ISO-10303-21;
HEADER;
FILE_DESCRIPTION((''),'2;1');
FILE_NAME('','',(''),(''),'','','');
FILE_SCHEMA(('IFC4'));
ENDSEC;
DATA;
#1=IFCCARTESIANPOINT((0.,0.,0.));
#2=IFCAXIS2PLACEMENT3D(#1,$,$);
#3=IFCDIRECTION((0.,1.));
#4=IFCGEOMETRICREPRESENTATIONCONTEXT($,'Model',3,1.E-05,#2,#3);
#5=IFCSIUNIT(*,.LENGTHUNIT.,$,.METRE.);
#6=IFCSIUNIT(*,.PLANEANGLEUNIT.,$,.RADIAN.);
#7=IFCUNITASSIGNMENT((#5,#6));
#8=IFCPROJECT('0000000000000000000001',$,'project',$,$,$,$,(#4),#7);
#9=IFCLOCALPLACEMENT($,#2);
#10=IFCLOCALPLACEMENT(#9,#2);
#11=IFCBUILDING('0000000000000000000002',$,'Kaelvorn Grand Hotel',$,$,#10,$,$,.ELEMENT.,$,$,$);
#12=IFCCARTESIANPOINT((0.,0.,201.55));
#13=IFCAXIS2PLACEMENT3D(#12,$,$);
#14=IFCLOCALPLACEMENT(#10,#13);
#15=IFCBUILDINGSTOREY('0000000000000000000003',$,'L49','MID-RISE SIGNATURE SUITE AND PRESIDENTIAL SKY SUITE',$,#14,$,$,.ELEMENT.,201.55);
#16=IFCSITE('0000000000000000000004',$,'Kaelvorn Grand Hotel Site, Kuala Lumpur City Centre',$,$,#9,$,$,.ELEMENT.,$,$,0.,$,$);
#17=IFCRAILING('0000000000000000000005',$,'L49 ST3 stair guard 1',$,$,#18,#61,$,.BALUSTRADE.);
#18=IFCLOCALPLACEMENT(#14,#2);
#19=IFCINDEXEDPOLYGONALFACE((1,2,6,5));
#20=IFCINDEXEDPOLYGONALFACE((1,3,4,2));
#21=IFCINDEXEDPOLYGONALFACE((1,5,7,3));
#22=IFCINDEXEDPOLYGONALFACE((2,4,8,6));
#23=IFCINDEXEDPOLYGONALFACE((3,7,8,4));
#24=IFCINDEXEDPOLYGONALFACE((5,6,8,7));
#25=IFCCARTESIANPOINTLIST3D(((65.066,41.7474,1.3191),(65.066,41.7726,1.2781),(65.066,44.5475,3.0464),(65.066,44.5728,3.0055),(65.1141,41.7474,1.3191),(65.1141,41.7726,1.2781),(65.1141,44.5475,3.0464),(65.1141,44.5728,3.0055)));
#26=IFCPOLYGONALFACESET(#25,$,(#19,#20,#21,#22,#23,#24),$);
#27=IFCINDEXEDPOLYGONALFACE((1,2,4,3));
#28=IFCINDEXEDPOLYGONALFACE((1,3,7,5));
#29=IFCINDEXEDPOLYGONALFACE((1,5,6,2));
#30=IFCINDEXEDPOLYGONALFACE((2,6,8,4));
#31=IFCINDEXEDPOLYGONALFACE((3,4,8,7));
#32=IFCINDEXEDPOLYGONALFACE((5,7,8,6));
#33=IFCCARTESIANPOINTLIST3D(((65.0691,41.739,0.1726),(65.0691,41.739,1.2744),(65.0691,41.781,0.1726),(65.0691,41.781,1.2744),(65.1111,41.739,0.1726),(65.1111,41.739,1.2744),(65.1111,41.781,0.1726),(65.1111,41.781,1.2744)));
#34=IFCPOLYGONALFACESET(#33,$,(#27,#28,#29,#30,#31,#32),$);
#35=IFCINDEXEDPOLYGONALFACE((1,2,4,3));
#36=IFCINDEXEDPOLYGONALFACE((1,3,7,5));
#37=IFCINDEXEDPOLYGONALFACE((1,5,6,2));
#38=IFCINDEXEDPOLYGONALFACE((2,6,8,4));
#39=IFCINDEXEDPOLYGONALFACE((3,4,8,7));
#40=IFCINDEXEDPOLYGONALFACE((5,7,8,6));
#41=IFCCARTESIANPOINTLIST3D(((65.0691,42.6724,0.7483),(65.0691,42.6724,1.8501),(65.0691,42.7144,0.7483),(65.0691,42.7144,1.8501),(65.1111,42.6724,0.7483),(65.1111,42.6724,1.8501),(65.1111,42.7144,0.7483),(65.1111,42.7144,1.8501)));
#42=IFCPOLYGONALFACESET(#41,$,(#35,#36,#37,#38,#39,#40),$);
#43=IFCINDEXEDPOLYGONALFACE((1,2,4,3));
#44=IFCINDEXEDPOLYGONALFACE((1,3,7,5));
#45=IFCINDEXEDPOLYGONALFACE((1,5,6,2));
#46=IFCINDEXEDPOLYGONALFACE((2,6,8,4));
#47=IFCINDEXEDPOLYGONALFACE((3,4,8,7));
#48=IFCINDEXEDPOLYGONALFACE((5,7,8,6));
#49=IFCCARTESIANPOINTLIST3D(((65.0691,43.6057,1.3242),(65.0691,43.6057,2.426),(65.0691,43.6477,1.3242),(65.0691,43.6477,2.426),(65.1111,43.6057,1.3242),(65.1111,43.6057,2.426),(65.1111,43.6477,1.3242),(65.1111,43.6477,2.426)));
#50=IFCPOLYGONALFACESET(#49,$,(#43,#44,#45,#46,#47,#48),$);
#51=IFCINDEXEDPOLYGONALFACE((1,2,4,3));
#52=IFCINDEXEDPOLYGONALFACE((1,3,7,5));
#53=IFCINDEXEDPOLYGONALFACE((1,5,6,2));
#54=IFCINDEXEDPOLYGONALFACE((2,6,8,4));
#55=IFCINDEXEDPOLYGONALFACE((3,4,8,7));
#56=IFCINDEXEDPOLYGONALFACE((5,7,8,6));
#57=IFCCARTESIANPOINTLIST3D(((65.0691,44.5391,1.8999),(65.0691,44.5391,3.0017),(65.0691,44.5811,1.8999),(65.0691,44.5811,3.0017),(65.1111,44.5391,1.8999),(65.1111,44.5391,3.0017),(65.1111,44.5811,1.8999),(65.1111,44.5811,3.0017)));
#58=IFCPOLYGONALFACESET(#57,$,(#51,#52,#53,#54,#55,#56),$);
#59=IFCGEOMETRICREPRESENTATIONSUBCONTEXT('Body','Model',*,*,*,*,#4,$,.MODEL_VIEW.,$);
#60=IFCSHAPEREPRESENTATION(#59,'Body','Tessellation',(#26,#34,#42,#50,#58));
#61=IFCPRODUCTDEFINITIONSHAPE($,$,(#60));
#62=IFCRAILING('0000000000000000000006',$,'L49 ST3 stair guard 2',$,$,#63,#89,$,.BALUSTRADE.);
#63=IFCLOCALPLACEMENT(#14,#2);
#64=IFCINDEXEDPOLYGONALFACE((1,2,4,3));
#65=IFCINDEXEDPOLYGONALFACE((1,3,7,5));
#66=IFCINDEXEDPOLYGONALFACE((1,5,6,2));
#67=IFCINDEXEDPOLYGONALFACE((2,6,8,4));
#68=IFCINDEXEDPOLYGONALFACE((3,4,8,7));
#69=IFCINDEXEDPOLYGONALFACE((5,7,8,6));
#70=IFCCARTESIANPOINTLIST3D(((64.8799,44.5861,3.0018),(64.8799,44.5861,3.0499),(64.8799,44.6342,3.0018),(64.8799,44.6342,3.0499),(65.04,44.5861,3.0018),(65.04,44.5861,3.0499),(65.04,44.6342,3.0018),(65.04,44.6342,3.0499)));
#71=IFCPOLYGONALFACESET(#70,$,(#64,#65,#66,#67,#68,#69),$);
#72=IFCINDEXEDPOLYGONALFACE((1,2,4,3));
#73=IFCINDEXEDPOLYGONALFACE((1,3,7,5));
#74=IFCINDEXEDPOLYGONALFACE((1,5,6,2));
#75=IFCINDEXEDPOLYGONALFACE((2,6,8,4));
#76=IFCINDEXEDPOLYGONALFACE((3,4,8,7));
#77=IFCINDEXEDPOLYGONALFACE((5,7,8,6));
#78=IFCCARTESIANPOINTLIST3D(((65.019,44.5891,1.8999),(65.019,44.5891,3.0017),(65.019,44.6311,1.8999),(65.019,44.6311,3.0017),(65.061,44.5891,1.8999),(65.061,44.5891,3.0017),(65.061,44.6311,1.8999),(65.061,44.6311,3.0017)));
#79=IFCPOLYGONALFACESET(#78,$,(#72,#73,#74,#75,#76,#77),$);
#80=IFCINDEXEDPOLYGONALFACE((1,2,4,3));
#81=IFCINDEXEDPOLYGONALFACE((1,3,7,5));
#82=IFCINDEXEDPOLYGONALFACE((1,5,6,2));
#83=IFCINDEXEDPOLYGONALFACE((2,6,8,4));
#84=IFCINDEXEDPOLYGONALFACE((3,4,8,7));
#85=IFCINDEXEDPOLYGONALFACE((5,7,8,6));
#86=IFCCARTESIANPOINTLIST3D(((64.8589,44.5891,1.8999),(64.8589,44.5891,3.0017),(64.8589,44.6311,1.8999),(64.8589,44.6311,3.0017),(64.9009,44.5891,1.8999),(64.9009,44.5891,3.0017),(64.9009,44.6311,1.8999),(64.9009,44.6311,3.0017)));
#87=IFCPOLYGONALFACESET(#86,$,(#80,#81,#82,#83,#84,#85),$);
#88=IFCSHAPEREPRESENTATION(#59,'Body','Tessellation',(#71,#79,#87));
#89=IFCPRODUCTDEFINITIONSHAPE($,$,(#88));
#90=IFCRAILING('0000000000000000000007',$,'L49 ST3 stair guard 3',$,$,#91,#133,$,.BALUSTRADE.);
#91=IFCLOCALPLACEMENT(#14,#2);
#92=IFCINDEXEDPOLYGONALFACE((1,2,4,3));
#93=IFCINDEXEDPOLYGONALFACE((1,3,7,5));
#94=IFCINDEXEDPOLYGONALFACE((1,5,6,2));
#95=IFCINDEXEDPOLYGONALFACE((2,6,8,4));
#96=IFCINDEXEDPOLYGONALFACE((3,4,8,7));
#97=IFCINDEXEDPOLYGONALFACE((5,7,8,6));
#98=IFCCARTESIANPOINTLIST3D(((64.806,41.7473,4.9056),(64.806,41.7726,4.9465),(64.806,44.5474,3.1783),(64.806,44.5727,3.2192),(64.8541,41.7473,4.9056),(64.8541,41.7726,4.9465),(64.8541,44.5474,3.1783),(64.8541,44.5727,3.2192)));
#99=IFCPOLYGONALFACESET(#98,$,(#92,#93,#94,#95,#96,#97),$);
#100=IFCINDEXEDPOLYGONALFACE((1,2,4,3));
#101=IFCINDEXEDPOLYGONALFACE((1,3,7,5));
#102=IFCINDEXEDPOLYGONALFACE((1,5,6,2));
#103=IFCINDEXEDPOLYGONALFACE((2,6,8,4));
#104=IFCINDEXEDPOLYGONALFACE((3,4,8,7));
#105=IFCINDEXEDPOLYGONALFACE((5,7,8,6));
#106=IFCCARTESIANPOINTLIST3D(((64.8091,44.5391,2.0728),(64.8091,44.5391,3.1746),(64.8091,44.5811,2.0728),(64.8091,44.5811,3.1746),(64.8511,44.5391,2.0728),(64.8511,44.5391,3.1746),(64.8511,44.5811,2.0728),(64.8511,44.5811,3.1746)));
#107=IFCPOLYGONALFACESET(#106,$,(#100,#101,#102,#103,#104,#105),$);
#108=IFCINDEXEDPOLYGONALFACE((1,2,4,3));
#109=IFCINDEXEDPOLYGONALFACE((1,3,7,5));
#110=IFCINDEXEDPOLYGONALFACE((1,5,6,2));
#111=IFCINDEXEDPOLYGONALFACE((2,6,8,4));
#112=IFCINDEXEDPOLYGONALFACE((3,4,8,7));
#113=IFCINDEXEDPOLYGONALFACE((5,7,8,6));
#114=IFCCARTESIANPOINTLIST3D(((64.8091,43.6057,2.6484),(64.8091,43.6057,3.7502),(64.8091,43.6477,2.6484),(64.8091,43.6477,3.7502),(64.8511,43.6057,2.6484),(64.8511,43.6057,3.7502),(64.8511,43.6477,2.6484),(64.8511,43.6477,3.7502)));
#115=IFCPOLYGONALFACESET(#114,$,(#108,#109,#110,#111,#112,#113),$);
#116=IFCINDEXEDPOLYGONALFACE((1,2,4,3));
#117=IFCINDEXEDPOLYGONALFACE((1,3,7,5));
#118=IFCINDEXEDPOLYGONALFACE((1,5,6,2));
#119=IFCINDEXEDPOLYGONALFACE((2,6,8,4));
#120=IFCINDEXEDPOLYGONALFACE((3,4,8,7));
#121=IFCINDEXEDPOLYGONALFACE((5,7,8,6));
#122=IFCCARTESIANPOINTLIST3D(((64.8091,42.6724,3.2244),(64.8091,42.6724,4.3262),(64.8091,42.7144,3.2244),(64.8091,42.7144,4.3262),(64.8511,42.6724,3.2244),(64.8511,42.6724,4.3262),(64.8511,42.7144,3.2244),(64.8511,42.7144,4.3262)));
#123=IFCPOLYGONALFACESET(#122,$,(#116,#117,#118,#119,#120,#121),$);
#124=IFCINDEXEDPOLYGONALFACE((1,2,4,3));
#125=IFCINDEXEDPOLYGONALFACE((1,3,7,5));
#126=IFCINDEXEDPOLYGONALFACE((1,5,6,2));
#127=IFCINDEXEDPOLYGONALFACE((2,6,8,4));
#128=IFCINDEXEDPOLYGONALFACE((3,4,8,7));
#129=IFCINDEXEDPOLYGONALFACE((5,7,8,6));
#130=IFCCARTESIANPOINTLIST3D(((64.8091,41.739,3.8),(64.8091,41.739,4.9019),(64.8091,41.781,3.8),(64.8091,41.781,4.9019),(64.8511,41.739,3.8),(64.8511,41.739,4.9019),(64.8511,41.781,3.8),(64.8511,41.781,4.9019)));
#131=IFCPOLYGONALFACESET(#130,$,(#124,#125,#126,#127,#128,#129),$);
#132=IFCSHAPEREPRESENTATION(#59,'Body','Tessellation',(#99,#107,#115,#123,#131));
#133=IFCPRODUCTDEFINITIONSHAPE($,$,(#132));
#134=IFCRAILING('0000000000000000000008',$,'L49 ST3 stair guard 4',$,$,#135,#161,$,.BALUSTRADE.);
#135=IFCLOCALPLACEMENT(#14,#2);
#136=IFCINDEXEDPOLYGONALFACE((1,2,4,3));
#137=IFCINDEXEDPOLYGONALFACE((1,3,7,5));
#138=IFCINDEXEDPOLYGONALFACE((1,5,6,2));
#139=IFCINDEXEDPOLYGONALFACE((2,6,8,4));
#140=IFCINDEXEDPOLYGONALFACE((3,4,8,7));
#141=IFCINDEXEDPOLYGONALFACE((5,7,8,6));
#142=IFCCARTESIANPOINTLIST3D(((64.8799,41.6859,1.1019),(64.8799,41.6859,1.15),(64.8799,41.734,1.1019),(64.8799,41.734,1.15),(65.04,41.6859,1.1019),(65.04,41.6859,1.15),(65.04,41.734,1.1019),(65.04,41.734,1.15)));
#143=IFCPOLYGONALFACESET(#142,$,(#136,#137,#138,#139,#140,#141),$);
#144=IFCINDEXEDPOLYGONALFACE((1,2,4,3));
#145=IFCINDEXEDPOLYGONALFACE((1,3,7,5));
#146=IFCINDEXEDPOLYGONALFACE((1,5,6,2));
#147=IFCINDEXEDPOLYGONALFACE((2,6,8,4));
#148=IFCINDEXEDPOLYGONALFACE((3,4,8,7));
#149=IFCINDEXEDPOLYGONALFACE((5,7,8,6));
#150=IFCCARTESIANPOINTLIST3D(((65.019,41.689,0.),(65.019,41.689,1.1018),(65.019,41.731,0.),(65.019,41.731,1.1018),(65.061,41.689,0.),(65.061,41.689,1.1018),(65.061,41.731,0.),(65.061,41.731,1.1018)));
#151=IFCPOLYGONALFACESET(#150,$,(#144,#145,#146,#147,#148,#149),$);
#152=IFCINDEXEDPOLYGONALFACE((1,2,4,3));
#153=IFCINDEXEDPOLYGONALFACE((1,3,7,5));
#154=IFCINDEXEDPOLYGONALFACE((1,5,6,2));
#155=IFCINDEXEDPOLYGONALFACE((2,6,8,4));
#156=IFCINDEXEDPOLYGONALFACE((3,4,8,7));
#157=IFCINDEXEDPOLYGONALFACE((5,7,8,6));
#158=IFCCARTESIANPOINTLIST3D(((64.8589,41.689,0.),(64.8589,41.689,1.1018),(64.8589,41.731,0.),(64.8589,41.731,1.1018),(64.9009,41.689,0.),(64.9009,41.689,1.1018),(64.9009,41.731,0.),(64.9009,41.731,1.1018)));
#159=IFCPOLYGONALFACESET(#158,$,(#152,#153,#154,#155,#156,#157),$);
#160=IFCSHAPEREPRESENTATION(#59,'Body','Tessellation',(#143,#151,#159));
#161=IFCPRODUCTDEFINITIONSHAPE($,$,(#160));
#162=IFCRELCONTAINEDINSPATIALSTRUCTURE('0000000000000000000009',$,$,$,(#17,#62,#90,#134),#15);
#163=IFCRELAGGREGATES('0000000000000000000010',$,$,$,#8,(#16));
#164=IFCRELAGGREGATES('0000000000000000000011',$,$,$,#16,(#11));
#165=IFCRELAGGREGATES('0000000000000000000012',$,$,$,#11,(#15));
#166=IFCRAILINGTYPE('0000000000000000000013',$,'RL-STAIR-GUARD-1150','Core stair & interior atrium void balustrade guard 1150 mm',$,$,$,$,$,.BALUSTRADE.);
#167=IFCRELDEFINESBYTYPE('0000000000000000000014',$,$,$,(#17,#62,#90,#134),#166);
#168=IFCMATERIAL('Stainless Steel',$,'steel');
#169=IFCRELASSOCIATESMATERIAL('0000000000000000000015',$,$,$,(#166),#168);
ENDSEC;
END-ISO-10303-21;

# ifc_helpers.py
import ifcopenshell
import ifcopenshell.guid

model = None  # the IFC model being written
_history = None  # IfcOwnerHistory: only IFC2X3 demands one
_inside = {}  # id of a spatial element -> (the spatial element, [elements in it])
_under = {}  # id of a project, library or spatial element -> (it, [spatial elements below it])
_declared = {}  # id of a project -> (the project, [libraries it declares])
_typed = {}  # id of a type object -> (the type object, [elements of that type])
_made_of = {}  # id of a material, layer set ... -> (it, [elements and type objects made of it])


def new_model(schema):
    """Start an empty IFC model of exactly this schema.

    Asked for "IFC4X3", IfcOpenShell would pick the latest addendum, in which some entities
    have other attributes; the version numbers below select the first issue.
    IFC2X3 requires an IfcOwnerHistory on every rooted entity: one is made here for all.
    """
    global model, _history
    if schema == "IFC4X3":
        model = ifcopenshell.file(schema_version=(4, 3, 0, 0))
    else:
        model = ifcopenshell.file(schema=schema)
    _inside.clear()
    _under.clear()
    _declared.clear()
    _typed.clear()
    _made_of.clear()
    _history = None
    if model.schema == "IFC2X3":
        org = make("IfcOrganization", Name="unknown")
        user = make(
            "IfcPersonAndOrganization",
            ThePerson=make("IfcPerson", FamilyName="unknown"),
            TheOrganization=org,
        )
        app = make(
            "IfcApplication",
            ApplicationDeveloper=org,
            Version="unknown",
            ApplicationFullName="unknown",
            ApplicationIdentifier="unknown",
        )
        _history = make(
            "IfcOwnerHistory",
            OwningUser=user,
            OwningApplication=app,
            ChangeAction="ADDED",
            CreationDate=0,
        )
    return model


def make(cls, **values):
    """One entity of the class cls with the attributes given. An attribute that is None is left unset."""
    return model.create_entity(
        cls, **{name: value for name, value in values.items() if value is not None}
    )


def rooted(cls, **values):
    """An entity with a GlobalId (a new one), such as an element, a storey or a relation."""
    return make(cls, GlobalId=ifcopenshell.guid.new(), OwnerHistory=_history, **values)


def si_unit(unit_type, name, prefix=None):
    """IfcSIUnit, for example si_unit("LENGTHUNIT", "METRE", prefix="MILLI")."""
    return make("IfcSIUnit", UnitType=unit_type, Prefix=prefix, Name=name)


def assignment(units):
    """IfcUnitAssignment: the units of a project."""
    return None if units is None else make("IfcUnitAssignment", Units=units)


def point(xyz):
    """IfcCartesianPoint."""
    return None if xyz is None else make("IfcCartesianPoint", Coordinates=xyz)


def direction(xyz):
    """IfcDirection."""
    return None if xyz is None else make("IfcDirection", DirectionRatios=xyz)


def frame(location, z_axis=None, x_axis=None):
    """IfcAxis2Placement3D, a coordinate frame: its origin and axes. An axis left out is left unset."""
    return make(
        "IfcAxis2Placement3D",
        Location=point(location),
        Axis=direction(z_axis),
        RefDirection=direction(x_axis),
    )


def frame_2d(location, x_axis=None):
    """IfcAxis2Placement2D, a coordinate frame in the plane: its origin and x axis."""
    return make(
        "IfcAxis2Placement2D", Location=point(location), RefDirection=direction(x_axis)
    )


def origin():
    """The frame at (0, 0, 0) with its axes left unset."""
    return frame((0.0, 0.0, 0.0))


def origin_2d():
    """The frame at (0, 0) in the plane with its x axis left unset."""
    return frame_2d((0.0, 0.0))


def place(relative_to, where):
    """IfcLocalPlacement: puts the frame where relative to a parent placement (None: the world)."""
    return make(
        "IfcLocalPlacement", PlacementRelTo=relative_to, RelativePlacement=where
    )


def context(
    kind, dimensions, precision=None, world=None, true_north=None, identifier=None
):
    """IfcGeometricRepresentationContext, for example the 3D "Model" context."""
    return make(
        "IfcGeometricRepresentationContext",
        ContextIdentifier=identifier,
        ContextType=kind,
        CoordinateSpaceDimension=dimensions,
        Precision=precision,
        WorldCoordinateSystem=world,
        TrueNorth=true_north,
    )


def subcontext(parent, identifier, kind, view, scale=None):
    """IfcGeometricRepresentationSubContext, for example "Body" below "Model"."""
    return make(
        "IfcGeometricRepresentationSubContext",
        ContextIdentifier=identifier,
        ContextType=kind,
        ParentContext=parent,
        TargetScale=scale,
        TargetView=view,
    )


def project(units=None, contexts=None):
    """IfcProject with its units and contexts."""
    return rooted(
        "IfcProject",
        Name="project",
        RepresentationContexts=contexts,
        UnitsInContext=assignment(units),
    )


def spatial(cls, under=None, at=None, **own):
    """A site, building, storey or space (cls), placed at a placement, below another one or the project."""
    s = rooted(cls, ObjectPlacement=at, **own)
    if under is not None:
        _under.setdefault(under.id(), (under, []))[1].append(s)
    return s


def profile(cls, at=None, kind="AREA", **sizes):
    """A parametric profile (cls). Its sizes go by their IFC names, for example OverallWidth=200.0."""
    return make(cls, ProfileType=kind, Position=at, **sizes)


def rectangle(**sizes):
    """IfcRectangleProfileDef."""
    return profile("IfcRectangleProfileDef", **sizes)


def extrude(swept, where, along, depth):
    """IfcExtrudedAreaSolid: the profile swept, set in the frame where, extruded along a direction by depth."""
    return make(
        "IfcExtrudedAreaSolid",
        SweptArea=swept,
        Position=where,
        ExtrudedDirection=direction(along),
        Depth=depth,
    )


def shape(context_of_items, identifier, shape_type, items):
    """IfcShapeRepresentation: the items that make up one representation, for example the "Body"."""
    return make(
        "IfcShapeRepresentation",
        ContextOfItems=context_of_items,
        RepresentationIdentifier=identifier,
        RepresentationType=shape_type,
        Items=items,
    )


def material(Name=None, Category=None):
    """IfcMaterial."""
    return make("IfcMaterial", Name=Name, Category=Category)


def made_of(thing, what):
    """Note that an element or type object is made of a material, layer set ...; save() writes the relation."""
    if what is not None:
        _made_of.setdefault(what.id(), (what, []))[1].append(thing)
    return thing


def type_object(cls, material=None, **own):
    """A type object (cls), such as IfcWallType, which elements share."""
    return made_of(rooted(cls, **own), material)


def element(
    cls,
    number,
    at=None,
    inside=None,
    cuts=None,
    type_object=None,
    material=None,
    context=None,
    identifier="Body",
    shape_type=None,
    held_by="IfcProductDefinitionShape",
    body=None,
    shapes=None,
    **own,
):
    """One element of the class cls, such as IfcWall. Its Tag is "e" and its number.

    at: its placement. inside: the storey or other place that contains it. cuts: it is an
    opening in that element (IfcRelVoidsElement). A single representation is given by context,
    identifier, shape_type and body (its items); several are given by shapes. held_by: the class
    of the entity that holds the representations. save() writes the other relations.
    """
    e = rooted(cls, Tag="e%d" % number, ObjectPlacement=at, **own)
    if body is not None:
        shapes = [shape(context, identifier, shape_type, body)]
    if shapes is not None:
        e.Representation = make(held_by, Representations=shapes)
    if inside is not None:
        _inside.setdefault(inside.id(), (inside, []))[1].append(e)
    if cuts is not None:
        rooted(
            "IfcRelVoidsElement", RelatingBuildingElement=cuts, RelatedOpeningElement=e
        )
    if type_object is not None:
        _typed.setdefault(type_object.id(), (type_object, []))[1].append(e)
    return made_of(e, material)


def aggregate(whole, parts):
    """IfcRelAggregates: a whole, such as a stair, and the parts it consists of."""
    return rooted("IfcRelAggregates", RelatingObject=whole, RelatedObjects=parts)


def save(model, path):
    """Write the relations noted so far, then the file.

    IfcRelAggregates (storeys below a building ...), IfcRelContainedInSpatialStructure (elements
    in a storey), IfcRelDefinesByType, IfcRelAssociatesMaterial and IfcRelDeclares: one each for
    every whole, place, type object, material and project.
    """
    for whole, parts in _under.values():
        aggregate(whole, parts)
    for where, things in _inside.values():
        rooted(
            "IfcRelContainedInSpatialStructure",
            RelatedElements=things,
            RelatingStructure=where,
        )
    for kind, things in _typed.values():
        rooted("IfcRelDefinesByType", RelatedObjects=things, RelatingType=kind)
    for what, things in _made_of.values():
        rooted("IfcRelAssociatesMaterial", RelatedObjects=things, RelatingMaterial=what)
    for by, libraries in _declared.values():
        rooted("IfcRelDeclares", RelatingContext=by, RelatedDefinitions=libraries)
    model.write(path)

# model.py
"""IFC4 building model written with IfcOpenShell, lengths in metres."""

from ifc_helpers import new_model, si_unit, direction, frame, origin, origin_2d, place, context, subcontext, project, spatial, rectangle, extrude, material, type_object, element, save


model = new_model("IFC4")

# Units and contexts
model_context = context("Model", 3, precision=1e-05, world=origin(), true_north=direction((0.0, 1.0)))
body_context = subcontext(model_context, "Body", "Model", "MODEL_VIEW")
ifc_project = project(units=[si_unit("LENGTHUNIT", "METRE"), si_unit("PLANEANGLEUNIT", "RADIAN")], contexts=[model_context])

# Site, building, storey
site_placement = place(None, origin())
site = spatial("IfcSite", under=ifc_project, at=site_placement, Name="Kaelvorn Grand Hotel Site, Kuala Lumpur City Centre", CompositionType="ELEMENT", RefElevation=0.0)
building_placement = place(site_placement, origin())
building = spatial("IfcBuilding", under=site, at=building_placement, Name="Kaelvorn Grand Hotel", CompositionType="ELEMENT")
storey_placement = place(building_placement, frame((0.0, 0.0, 201.55)))
storey = spatial("IfcBuildingStorey", under=building, at=storey_placement, Name="L49", Description="MID-RISE SIGNATURE SUITE AND PRESIDENTIAL SKY SUITE", CompositionType="ELEMENT", Elevation=201.55)

# Shared definitions
ifc_material_1 = material(Name="Stainless Steel", Category="steel")

# Railings
railing_type_1 = type_object("IfcRailingType", Name="RL-STAIR-GUARD-1150", Description="Core stair & interior atrium void balustrade guard 1150 mm", PredefinedType="BALUSTRADE", material=ifc_material_1)
railing_1_placement = place(storey_placement, frame((65.0901, 41.76, 0.1726)))
element("IfcRailing", 1, at=railing_1_placement, inside=storey, type_object=railing_type_1, Name="L49 ST3 stair guard 1", PredefinedType="BALUSTRADE", context=body_context, shape_type="SweptSolid", body=[
    extrude(rectangle(XDim=0.0481, YDim=0.0481, at=origin_2d()), frame((0.0, 0.0, 1.126), z_axis=(0.0, 0.85109, 0.52502), x_axis=(-1.0, 0.0, 0.0)), (0.0, 0.0, 1.0), 3.29),
    extrude(rectangle(XDim=0.042, YDim=0.042, at=origin_2d()), origin(), (0.0, 0.0, 1.0), 1.1018),
    extrude(rectangle(XDim=0.042, YDim=0.042, at=origin_2d()), frame((0.0, 0.9333, 0.5757)), (0.0, 0.0, 1.0), 1.1018),
    extrude(rectangle(XDim=0.042, YDim=0.042, at=origin_2d()), frame((0.0, 1.8667, 1.1516)), (0.0, 0.0, 1.0), 1.1018),
    extrude(rectangle(XDim=0.042, YDim=0.042, at=origin_2d()), frame((0.0, 2.8, 1.7273)), (0.0, 0.0, 1.0), 1.1018),
])
railing_2_placement = place(storey_placement, frame((65.04, 44.6101, 1.8999)))
element("IfcRailing", 2, at=railing_2_placement, inside=storey, type_object=railing_type_1, Name="L49 ST3 stair guard 2", PredefinedType="BALUSTRADE", context=body_context, shape_type="SweptSolid", body=[
    extrude(rectangle(XDim=0.0481, YDim=0.0481, at=origin_2d()), frame((0.0, 0.0, 1.126), z_axis=(-1.0, 0.0, 0.0), x_axis=(0.0, -1.0, 0.0)), (0.0, 0.0, 1.0), 0.1602),
    extrude(rectangle(XDim=0.042, YDim=0.042, at=origin_2d()), origin(), (0.0, 0.0, 1.0), 1.1018),
    extrude(rectangle(XDim=0.042, YDim=0.042, at=origin_2d()), frame((-0.1602, 0.0, 0.0)), (0.0, 0.0, 1.0), 1.1018),
])
railing_3_placement = place(storey_placement, frame((64.8301, 44.5601, 2.0728)))
element("IfcRailing", 3, at=railing_3_placement, inside=storey, type_object=railing_type_1, Name="L49 ST3 stair guard 3", PredefinedType="BALUSTRADE", context=body_context, shape_type="SweptSolid", body=[
    extrude(rectangle(XDim=0.0481, YDim=0.0481, at=origin_2d()), frame((0.0, 0.0, 1.126), z_axis=(0.0, -0.85109, 0.52502), x_axis=(1.0, 0.0, 0.0)), (0.0, 0.0, 1.0), 3.29),
    extrude(rectangle(XDim=0.042, YDim=0.042, at=origin_2d()), origin(), (0.0, 0.0, 1.0), 1.1018),
    extrude(rectangle(XDim=0.042, YDim=0.042, at=origin_2d()), frame((0.0, -0.9333, 0.5757)), (0.0, 0.0, 1.0), 1.1018),
    extrude(rectangle(XDim=0.042, YDim=0.042, at=origin_2d()), frame((0.0, -1.8667, 1.1516)), (0.0, 0.0, 1.0), 1.1018),
    extrude(rectangle(XDim=0.042, YDim=0.042, at=origin_2d()), frame((0.0, -2.8, 1.7273)), (0.0, 0.0, 1.0), 1.1018),
])
railing_4_placement = place(storey_placement, frame((65.04, 41.71, 0.0)))
element("IfcRailing", 4, at=railing_4_placement, inside=storey, type_object=railing_type_1, Name="L49 ST3 stair guard 4", PredefinedType="BALUSTRADE", context=body_context, shape_type="SweptSolid", body=[
    extrude(rectangle(XDim=0.0481, YDim=0.0481, at=origin_2d()), frame((0.0, 0.0, 1.126), z_axis=(-1.0, 0.0, 0.0), x_axis=(0.0, -1.0, 0.0)), (0.0, 0.0, 1.0), 0.1602),
    extrude(rectangle(XDim=0.042, YDim=0.042, at=origin_2d()), origin(), (0.0, 0.0, 1.0), 1.1018),
    extrude(rectangle(XDim=0.042, YDim=0.042, at=origin_2d()), frame((-0.1602, 0.0, 0.0)), (0.0, 0.0, 1.0), 1.1018),
])

save(model, "model.ifc")
